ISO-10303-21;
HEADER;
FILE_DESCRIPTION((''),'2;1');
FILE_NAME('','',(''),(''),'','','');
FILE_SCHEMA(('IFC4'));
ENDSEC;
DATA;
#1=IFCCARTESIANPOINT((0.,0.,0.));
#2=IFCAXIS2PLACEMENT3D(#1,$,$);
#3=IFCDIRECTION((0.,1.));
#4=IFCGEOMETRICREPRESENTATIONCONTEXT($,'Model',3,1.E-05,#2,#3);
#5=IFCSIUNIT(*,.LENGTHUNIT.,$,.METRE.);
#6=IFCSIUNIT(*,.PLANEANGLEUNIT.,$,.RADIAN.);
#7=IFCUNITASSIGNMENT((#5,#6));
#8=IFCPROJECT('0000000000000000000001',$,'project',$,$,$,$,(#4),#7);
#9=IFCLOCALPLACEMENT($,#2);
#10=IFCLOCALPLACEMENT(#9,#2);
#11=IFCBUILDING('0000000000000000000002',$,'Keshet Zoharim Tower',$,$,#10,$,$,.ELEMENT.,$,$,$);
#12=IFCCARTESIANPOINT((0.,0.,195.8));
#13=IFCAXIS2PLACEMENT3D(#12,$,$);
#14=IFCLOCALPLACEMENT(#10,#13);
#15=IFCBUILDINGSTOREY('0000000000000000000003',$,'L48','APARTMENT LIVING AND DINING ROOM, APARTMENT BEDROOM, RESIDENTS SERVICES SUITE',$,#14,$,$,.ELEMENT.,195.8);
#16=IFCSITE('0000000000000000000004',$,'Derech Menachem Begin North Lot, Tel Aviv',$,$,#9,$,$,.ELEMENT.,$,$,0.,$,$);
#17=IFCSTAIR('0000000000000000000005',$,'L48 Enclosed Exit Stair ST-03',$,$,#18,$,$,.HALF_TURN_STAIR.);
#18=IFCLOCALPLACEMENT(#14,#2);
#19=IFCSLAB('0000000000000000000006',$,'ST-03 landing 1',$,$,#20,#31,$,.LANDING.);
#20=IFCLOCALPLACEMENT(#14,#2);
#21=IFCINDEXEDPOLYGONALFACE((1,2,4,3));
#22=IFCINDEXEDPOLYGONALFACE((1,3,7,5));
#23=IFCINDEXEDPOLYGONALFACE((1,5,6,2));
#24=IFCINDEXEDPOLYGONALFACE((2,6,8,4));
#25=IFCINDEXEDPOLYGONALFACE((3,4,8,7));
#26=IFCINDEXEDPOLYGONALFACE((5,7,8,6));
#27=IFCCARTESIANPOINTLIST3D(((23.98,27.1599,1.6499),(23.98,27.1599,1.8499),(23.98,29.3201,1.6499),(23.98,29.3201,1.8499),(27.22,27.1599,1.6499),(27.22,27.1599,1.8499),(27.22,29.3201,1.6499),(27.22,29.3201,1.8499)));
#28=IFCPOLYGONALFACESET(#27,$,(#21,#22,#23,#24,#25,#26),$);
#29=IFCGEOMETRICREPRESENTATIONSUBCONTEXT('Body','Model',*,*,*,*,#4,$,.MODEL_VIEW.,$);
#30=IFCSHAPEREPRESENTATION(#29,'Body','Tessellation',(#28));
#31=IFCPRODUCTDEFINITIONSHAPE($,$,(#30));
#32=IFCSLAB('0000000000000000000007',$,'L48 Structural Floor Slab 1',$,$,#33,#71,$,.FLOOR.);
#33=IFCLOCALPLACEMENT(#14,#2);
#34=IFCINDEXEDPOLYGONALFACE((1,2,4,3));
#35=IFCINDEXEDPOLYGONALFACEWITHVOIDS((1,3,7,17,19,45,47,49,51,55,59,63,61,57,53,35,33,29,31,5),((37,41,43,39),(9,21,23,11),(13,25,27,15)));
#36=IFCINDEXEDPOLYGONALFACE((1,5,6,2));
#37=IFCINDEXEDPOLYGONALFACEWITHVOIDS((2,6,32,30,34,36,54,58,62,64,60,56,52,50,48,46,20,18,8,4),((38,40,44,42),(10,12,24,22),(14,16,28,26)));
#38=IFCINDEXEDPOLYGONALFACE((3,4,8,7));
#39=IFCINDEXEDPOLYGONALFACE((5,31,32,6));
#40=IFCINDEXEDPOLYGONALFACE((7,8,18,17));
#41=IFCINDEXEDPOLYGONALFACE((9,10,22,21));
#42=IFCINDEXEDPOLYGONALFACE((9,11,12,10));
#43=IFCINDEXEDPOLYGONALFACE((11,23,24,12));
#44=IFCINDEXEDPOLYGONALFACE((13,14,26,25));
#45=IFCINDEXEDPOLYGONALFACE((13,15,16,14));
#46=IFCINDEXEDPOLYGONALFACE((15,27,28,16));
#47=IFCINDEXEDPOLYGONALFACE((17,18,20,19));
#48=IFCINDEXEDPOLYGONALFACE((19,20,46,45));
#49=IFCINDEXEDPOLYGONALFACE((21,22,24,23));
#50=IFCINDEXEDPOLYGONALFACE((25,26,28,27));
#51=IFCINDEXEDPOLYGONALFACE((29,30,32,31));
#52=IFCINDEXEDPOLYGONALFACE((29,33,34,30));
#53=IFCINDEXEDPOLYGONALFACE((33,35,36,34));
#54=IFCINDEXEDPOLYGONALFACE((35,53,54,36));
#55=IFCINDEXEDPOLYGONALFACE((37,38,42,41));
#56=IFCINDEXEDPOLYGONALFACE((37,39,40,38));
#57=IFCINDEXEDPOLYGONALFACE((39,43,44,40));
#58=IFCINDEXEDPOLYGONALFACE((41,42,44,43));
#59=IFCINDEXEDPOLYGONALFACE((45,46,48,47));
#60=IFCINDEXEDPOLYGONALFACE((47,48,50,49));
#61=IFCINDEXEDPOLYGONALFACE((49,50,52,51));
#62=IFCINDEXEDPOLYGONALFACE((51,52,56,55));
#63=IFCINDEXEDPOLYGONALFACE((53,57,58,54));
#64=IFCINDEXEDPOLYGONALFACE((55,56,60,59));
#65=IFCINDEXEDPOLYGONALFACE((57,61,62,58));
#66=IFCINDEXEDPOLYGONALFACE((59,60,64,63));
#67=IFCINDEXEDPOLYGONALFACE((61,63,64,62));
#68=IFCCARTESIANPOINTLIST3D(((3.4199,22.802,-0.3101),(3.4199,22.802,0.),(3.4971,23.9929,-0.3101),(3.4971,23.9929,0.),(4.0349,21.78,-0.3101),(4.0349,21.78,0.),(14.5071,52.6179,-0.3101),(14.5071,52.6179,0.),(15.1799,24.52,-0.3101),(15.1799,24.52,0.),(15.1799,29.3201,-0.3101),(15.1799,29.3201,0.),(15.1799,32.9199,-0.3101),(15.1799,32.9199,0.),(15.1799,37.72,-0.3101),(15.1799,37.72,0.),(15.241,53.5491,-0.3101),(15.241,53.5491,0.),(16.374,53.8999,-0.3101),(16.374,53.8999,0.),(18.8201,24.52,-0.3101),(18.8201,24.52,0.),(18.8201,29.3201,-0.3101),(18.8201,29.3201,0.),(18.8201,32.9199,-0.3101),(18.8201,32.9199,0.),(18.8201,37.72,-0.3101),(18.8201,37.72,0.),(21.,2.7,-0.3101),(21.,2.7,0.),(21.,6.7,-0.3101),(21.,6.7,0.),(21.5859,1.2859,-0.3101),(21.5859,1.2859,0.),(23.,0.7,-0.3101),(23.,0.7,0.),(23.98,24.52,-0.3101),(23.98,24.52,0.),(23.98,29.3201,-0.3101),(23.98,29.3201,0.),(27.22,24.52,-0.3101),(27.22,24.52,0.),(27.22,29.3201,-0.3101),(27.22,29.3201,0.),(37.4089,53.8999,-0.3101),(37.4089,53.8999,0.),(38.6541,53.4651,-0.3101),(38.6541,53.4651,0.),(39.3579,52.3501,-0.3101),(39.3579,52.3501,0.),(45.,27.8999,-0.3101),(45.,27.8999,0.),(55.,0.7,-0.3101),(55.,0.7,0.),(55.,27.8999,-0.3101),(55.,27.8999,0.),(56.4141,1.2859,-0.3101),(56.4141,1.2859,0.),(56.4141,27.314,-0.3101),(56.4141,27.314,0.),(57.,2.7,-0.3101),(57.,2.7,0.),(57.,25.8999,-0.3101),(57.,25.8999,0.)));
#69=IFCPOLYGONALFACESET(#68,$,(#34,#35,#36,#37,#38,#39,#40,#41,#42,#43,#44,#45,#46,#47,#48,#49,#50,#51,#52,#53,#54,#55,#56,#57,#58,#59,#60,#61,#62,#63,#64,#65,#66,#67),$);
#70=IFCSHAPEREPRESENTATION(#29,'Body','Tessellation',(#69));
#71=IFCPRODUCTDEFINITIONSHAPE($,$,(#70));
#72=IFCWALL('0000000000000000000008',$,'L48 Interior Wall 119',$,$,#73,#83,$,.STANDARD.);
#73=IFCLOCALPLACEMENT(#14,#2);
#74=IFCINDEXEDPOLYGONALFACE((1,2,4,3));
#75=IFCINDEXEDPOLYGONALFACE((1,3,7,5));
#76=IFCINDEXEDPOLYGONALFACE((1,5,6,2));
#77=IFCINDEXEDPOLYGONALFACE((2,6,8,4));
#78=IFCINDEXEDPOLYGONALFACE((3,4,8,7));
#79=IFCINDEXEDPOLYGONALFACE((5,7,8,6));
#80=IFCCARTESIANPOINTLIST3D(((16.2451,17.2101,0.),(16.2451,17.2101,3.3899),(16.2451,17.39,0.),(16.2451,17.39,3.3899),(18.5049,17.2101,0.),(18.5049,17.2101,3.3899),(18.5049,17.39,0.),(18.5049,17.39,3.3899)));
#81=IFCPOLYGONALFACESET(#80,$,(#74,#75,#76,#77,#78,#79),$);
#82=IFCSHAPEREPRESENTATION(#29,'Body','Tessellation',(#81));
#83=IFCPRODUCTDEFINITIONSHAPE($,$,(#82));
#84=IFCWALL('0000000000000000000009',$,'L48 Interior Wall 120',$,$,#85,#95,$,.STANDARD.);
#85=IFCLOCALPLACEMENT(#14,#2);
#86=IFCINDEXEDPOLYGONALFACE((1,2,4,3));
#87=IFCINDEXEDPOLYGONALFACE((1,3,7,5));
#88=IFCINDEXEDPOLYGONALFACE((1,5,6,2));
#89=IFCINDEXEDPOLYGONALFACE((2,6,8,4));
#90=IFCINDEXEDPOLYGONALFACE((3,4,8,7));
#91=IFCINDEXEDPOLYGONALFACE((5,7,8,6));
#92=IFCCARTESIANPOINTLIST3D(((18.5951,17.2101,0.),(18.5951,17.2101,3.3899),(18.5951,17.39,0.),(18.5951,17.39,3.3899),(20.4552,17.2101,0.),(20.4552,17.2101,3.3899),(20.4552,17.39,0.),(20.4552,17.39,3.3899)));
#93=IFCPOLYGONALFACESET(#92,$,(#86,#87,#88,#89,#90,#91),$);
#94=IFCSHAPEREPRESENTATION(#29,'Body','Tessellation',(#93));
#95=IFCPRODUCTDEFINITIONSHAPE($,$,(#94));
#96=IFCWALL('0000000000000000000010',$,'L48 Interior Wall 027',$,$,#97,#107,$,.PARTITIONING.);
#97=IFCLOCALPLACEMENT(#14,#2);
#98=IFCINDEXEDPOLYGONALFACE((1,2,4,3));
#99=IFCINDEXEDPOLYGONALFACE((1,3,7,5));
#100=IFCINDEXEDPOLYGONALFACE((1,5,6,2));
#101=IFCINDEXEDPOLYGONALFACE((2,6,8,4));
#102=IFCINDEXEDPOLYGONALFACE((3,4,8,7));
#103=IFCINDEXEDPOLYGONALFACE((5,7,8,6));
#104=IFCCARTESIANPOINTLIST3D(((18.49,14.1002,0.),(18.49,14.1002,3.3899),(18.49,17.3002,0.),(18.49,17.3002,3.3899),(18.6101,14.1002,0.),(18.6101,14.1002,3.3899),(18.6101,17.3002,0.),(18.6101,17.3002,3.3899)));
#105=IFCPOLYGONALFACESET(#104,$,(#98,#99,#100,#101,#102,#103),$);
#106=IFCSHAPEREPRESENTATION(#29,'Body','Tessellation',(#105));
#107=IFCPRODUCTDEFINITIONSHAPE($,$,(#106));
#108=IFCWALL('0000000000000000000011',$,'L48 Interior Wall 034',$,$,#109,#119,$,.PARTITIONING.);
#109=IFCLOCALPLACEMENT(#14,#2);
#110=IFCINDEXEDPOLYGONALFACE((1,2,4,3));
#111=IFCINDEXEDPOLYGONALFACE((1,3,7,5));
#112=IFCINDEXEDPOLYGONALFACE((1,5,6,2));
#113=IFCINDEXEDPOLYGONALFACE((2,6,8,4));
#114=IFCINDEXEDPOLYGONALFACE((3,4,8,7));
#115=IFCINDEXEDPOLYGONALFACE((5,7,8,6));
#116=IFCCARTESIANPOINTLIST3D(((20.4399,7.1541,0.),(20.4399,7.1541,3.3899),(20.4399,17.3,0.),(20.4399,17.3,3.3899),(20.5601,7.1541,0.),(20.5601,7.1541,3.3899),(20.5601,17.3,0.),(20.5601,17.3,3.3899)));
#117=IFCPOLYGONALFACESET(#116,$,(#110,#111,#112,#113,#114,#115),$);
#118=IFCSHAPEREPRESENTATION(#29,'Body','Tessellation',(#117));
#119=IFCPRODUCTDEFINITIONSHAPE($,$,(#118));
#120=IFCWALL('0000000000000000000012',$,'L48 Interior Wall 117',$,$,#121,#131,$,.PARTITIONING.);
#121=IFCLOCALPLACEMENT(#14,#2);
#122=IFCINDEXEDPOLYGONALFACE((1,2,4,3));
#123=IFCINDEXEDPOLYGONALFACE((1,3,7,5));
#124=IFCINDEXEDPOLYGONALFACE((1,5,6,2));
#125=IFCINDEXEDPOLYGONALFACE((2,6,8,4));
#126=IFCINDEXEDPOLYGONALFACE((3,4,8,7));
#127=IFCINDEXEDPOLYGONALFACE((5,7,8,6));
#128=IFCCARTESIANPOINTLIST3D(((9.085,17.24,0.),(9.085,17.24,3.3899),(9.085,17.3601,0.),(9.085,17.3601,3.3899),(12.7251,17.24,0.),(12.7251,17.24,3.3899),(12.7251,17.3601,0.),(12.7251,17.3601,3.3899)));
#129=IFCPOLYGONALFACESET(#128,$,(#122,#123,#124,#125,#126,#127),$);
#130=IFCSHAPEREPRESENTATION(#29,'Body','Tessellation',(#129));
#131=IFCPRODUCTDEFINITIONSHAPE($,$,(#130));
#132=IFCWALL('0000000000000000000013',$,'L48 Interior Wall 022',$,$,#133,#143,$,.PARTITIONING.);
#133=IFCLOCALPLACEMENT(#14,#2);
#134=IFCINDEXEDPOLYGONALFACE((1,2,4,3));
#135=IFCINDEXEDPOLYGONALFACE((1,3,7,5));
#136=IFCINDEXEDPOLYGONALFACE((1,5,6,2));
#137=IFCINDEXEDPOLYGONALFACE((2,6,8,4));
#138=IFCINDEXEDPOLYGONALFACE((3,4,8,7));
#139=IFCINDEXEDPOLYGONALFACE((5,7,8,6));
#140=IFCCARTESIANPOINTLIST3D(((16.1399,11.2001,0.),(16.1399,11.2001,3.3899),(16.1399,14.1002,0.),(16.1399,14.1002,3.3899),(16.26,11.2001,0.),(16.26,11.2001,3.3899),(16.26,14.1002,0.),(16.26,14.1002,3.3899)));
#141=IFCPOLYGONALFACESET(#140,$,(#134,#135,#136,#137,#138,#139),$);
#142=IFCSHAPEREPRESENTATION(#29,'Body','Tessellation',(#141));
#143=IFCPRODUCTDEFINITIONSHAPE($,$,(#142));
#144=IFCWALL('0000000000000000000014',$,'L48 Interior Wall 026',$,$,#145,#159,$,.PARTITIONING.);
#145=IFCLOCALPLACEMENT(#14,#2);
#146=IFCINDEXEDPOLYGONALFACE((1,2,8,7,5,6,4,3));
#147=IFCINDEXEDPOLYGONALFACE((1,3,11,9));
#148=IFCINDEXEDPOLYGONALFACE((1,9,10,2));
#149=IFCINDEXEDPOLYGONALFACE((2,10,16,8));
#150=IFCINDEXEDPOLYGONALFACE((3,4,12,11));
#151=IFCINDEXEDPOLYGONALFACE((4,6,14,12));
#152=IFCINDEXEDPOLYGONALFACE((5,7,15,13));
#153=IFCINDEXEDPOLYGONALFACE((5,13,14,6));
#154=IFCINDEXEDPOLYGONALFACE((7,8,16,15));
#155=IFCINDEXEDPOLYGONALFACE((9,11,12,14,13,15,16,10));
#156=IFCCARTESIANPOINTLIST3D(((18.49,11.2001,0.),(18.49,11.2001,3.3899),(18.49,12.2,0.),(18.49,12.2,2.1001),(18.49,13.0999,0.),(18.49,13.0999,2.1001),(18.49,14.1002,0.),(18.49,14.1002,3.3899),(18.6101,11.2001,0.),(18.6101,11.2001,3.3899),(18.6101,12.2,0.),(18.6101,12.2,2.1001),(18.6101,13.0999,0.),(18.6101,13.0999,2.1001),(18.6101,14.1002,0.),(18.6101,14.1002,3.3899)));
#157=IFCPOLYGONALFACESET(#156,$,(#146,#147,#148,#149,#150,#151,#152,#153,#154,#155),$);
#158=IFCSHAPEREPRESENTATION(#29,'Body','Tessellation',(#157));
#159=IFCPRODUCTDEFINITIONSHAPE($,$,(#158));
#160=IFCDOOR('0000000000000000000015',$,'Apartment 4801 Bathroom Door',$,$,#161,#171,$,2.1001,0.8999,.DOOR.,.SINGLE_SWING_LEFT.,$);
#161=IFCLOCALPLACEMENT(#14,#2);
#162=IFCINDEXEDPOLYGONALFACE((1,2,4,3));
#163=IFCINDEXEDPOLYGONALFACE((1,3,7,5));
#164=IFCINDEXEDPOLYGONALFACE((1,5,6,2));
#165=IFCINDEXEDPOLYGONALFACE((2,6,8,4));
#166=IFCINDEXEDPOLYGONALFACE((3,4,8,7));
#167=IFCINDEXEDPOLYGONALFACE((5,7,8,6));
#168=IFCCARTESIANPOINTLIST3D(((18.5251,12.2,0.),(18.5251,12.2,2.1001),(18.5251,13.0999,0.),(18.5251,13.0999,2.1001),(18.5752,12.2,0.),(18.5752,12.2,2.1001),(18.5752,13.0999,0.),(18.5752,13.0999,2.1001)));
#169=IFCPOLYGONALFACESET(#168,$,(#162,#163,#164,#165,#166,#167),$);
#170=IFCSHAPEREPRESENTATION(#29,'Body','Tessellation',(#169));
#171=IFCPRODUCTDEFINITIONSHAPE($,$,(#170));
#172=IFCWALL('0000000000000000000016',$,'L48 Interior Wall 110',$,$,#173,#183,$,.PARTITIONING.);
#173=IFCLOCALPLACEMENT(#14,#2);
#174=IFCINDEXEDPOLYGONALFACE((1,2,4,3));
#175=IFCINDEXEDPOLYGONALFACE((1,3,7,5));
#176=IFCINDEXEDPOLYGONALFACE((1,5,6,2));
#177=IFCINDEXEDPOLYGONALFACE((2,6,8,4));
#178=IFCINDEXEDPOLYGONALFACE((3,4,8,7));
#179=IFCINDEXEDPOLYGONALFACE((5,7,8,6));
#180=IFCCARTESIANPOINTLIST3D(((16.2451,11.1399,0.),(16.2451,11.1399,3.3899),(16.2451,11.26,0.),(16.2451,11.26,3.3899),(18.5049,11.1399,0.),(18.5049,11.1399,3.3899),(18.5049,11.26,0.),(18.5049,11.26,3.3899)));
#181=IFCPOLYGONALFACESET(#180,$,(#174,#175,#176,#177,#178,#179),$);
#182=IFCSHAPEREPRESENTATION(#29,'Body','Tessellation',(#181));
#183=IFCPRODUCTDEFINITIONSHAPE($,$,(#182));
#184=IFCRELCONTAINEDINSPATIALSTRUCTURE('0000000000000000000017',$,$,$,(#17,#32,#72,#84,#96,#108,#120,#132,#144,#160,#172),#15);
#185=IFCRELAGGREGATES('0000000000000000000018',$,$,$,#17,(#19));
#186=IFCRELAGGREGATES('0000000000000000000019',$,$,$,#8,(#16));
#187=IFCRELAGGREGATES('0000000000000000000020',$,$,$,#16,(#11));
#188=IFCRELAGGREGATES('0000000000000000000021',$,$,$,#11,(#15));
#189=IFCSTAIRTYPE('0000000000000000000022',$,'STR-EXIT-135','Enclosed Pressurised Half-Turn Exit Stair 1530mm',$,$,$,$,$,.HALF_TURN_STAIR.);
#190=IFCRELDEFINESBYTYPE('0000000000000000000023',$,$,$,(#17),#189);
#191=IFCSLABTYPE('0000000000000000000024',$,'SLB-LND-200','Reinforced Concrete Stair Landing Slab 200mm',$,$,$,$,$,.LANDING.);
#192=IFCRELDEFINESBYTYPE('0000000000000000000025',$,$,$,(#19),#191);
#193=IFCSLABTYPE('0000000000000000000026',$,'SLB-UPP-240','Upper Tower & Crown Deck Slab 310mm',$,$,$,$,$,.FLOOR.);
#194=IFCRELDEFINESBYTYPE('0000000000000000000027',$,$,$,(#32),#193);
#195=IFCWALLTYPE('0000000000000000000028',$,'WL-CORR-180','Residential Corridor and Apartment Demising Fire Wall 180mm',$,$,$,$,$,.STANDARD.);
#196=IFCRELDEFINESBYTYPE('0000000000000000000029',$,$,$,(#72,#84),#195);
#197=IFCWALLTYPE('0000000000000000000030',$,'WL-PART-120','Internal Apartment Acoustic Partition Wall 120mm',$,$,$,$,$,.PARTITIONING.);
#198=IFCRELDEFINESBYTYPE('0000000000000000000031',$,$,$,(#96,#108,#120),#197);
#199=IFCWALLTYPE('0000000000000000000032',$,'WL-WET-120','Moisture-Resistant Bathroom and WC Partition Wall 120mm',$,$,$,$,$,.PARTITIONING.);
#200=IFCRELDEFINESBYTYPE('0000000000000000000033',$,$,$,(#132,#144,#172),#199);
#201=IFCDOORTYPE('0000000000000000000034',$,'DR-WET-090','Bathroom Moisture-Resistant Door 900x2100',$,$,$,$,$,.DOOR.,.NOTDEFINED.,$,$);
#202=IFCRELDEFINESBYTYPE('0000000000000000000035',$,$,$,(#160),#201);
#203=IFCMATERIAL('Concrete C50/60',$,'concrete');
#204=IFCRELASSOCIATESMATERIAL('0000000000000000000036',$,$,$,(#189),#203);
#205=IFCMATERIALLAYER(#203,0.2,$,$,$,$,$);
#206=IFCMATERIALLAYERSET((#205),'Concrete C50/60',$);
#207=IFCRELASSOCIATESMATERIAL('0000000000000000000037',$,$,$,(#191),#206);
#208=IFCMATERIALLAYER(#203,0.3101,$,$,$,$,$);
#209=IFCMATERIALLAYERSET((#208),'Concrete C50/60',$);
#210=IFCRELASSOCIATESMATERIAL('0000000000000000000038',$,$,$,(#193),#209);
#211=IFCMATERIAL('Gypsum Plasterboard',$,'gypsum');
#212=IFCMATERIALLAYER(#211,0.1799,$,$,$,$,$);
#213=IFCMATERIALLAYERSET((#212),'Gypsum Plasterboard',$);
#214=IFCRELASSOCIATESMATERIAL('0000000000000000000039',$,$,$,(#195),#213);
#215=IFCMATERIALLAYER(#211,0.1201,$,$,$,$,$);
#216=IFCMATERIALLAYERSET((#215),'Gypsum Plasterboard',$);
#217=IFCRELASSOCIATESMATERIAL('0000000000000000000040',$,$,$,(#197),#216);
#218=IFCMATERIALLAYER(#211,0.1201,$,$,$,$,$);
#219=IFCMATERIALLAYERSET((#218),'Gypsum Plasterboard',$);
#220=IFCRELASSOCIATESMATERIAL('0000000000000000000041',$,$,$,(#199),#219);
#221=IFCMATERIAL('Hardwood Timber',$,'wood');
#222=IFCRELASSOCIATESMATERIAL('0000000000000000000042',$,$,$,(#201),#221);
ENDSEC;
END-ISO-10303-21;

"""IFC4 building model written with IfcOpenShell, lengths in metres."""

from ifc_helpers import new_model, si_unit, direction, frame, frame_2d, origin, place, context, subcontext, project, spatial, polyline, rectangle, outline, extrude, material, layer, layer_set, type_object, element, fill, aggregate, save


model = new_model("IFC4")

# Units and contexts
model_context = context("Model", 3, precision=1e-05, world=origin(), true_north=direction((0.0, 1.0)))
body_context = subcontext(model_context, "Body", "Model", "MODEL_VIEW")
ifc_project = project(units=[si_unit("LENGTHUNIT", "METRE"), si_unit("PLANEANGLEUNIT", "RADIAN")], contexts=[model_context])

# Site, building, storey
site_placement = place(None, origin())
site = spatial("IfcSite", under=ifc_project, at=site_placement, Name="Derech Menachem Begin North Lot, Tel Aviv", CompositionType="ELEMENT", RefElevation=0.0)
building_placement = place(site_placement, origin())
building = spatial("IfcBuilding", under=site, at=building_placement, Name="Keshet Zoharim Tower", CompositionType="ELEMENT")
storey_placement = place(building_placement, frame((0.0, 0.0, 195.8)))
storey = spatial("IfcBuildingStorey", under=building, at=storey_placement, Name="L48", Description="APARTMENT LIVING AND DINING ROOM, APARTMENT BEDROOM, RESIDENTS SERVICES SUITE", CompositionType="ELEMENT", Elevation=195.8)

# Stair, slab
ifc_material_1 = material(Name="Concrete C50/60", Category="concrete")
stair_type = type_object("IfcStairType", Name="STR-EXIT-135", Description="Enclosed Pressurised Half-Turn Exit Stair 1530mm", PredefinedType="HALF_TURN_STAIR", material=ifc_material_1)
ifc_layer_1 = layer(ifc_material_1, 0.2)
ifc_layer_set_1 = layer_set([ifc_layer_1], Name="Concrete C50/60")
slab_type_1 = type_object("IfcSlabType", Name="SLB-LND-200", Description="Reinforced Concrete Stair Landing Slab 200mm", PredefinedType="LANDING", material=ifc_layer_set_1)
stair_1_placement = place(storey_placement, origin())
stair_1 = element("IfcStair", 1, at=stair_1_placement, inside=storey, type_object=stair_type, Name="L48 Enclosed Exit Stair ST-03", PredefinedType="HALF_TURN_STAIR")
slab_1_placement = place(storey_placement, frame((0.0, 0.0, 1.6499)))
slab_1 = element("IfcSlab", 2, at=slab_1_placement, type_object=slab_type_1, Name="ST-03 landing 1", PredefinedType="LANDING", context=body_context, shape_type="SweptSolid", body=[
    extrude(outline(polyline([(23.98, 27.1599), (27.22, 27.1599), (27.22, 29.3201), (23.98, 29.3201), (23.98, 27.1599)])), origin(), (0.0, 0.0, 1.0), 0.2),
])
aggregate(stair_1, [slab_1])

# Slab
ifc_layer_2 = layer(ifc_material_1, 0.3101)
ifc_layer_set_2 = layer_set([ifc_layer_2], Name="Concrete C50/60")
slab_type_2 = type_object("IfcSlabType", Name="SLB-UPP-240", Description="Upper Tower & Crown Deck Slab 310mm", PredefinedType="FLOOR", material=ifc_layer_set_2)
slab_2_placement = place(storey_placement, frame((0.0, 0.0, -0.3101)))
element("IfcSlab", 3, at=slab_2_placement, inside=storey, type_object=slab_type_2, Name="L48 Structural Floor Slab 1", PredefinedType="FLOOR", context=body_context, shape_type="SweptSolid", body=[
    extrude(outline(polyline([(55.0, 27.8999), (56.4141, 27.314), (57.0, 25.8999), (57.0, 2.7), (56.4141, 1.2859), (55.0, 0.7), (23.0, 0.7), (21.5859, 1.2859), (21.0, 2.7), (21.0, 6.7), (4.0349, 21.78), (3.4199, 22.802), (3.4971, 23.9929), (14.5071, 52.6179), (15.241, 53.5491), (16.374, 53.8999), (37.4089, 53.8999), (38.6541, 53.4651), (39.3579, 52.3501), (45.0, 27.8999), (55.0, 27.8999)]), holes=[polyline([(15.1799, 24.52), (18.8201, 24.52), (18.8201, 29.3201), (15.1799, 29.3201), (15.1799, 24.52)]), polyline([(15.1799, 32.9199), (18.8201, 32.9199), (18.8201, 37.72), (15.1799, 37.72), (15.1799, 32.9199)]), polyline([(23.98, 24.52), (27.22, 24.52), (27.22, 29.3201), (23.98, 29.3201), (23.98, 24.52)])]), origin(), (0.0, 0.0, 1.0), 0.3101),
])

# Shared definitions
ifc_material_2 = material(Name="Gypsum Plasterboard", Category="gypsum")
ifc_layer_3 = layer(ifc_material_2, 0.1799)
ifc_layer_set_3 = layer_set([ifc_layer_3], Name="Gypsum Plasterboard")
wall_type_1 = type_object("IfcWallType", Name="WL-CORR-180", Description="Residential Corridor and Apartment Demising Fire Wall 180mm", PredefinedType="STANDARD", material=ifc_layer_set_3)
ifc_material_3 = material(Name="Hardwood Timber", Category="wood")

# Walls
wall_1_placement = place(storey_placement, frame((16.2451, 17.3, 0.0), z_axis=(0.0, 0.0, 1.0), x_axis=(1.0, 0.0, 0.0)))
element("IfcWall", 4, at=wall_1_placement, inside=storey, type_object=wall_type_1, Name="L48 Interior Wall 119", PredefinedType="STANDARD", context=body_context, shape_type="SweptSolid", body=[
    extrude(rectangle(XDim=2.2598, YDim=0.1799, at=frame_2d((1.1299, 0.0))), origin(), (0.0, 0.0, 1.0), 3.3899),
])
wall_2_placement = place(storey_placement, frame((18.595, 17.3, 0.0), z_axis=(0.0, 0.0, 1.0), x_axis=(1.0, 0.0, 0.0)))
element("IfcWall", 5, at=wall_2_placement, inside=storey, type_object=wall_type_1, Name="L48 Interior Wall 120", PredefinedType="STANDARD", context=body_context, shape_type="SweptSolid", body=[
    extrude(rectangle(XDim=1.8601, YDim=0.1799, at=frame_2d((0.9302, 0.0))), origin(), (0.0, 0.0, 1.0), 3.3899),
])

# Shared definitions
ifc_layer_4 = layer(ifc_material_2, 0.1201)
ifc_layer_set_4 = layer_set([ifc_layer_4], Name="Gypsum Plasterboard")
wall_type_2 = type_object("IfcWallType", Name="WL-PART-120", Description="Internal Apartment Acoustic Partition Wall 120mm", PredefinedType="PARTITIONING", material=ifc_layer_set_4)

# Walls
wall_3_placement = place(storey_placement, frame((18.55, 14.1001, 0.0), z_axis=(0.0, 0.0, 1.0), x_axis=(0.0, 1.0, 0.0)))
element("IfcWall", 6, at=wall_3_placement, inside=storey, type_object=wall_type_2, Name="L48 Interior Wall 027", PredefinedType="PARTITIONING", context=body_context, shape_type="SweptSolid", body=[
    extrude(rectangle(XDim=3.2, YDim=0.1201, at=frame_2d((1.6001, 0.0))), origin(), (0.0, 0.0, 1.0), 3.3899),
])
wall_4_placement = place(storey_placement, frame((20.5, 7.1541, 0.0), z_axis=(0.0, 0.0, 1.0), x_axis=(0.0, 1.0, 0.0)))
element("IfcWall", 7, at=wall_4_placement, inside=storey, type_object=wall_type_2, Name="L48 Interior Wall 034", PredefinedType="PARTITIONING", context=body_context, shape_type="SweptSolid", body=[
    extrude(rectangle(XDim=10.146, YDim=0.1201, at=frame_2d((5.073, 0.0))), origin(), (0.0, 0.0, 1.0), 3.3899),
])
wall_5_placement = place(storey_placement, frame((9.085, 17.3, 0.0), z_axis=(0.0, 0.0, 1.0), x_axis=(1.0, 0.0, 0.0)))
element("IfcWall", 8, at=wall_5_placement, inside=storey, type_object=wall_type_2, Name="L48 Interior Wall 117", PredefinedType="PARTITIONING", context=body_context, shape_type="SweptSolid", body=[
    extrude(rectangle(XDim=3.6401, YDim=0.1201, at=frame_2d((1.8201, 0.0))), origin(), (0.0, 0.0, 1.0), 3.3899),
])
ifc_layer_5 = layer(ifc_material_2, 0.1201)
ifc_layer_set_5 = layer_set([ifc_layer_5], Name="Gypsum Plasterboard")
wall_type_3 = type_object("IfcWallType", Name="WL-WET-120", Description="Moisture-Resistant Bathroom and WC Partition Wall 120mm", PredefinedType="PARTITIONING", material=ifc_layer_set_5)
wall_6_placement = place(storey_placement, frame((16.2, 11.2, 0.0), z_axis=(0.0, 0.0, 1.0), x_axis=(0.0, 1.0, 0.0)))
element("IfcWall", 9, at=wall_6_placement, inside=storey, type_object=wall_type_3, Name="L48 Interior Wall 022", PredefinedType="PARTITIONING", context=body_context, shape_type="SweptSolid", body=[
    extrude(rectangle(XDim=2.9001, YDim=0.1201, at=frame_2d((1.4502, 0.0))), origin(), (0.0, 0.0, 1.0), 3.3899),
])

# Wall, opening, door
wall_7_placement = place(storey_placement, frame((18.55, 11.2, 0.0), z_axis=(0.0, 0.0, 1.0), x_axis=(0.0, 1.0, 0.0)))
wall_7 = element("IfcWall", 10, at=wall_7_placement, inside=storey, type_object=wall_type_3, Name="L48 Interior Wall 026", PredefinedType="PARTITIONING", context=body_context, shape_type="SweptSolid", body=[
    extrude(rectangle(XDim=2.9001, YDim=0.1201, at=frame_2d((1.4502, 0.0))), origin(), (0.0, 0.0, 1.0), 3.3899),
])
opening_1_placement = place(wall_7_placement, frame((1.0, 0.0, 0.0)))
opening_1 = element("IfcOpeningElement", 11, at=opening_1_placement, cuts=wall_7, PredefinedType="OPENING", context=body_context, shape_type="SweptSolid", body=[
    extrude(rectangle(XDim=0.8999, YDim=2.1001, at=frame_2d((0.45, 1.05))), frame((0.0, 0.0701, 0.0), z_axis=(0.0, -1.0, 0.0), x_axis=(1.0, 0.0, 0.0)), (0.0, 0.0, 1.0), 0.1401),
])
door_type_1 = type_object("IfcDoorType", Name="DR-WET-090", Description="Bathroom Moisture-Resistant Door 900x2100", OperationType="NOTDEFINED", PredefinedType="DOOR", material=ifc_material_3)
door_1_placement = place(opening_1_placement, origin())
door_1 = element("IfcDoor", 12, at=door_1_placement, inside=storey, type_object=door_type_1, Name="Apartment 4801 Bathroom Door", OperationType="SINGLE_SWING_LEFT", OverallHeight=2.1001, OverallWidth=0.8999, PredefinedType="DOOR", context=body_context, shape_type="SweptSolid", body=[
    extrude(rectangle(XDim=0.8999, YDim=2.1001, at=frame_2d((0.45, 1.05))), frame((0.0, 0.0249, 0.0), z_axis=(0.0, -1.0, 0.0), x_axis=(1.0, 0.0, 0.0)), (0.0, 0.0, 1.0), 0.05),
])
fill(opening_1, door_1)

# Wall
for number, where, z_axis, x_axis, name in (
    (13, (16.2451, 11.2, 0.0), (0.0, 0.0, 1.0), (1.0, 0.0, 0.0), "L48 Interior Wall 110"),
):
    element("IfcWall", number, at=place(storey_placement, frame(where, z_axis=z_axis, x_axis=x_axis)), inside=storey, type_object=wall_type_3, Name=name, PredefinedType="PARTITIONING", context=body_context, shape_type="SweptSolid", body=[
        extrude(rectangle(XDim=2.2598, YDim=0.1201, at=frame_2d((1.1299, 0.0))), origin(), (0.0, 0.0, 1.0), 3.3899),
    ])

save(model, "model.ifc")
